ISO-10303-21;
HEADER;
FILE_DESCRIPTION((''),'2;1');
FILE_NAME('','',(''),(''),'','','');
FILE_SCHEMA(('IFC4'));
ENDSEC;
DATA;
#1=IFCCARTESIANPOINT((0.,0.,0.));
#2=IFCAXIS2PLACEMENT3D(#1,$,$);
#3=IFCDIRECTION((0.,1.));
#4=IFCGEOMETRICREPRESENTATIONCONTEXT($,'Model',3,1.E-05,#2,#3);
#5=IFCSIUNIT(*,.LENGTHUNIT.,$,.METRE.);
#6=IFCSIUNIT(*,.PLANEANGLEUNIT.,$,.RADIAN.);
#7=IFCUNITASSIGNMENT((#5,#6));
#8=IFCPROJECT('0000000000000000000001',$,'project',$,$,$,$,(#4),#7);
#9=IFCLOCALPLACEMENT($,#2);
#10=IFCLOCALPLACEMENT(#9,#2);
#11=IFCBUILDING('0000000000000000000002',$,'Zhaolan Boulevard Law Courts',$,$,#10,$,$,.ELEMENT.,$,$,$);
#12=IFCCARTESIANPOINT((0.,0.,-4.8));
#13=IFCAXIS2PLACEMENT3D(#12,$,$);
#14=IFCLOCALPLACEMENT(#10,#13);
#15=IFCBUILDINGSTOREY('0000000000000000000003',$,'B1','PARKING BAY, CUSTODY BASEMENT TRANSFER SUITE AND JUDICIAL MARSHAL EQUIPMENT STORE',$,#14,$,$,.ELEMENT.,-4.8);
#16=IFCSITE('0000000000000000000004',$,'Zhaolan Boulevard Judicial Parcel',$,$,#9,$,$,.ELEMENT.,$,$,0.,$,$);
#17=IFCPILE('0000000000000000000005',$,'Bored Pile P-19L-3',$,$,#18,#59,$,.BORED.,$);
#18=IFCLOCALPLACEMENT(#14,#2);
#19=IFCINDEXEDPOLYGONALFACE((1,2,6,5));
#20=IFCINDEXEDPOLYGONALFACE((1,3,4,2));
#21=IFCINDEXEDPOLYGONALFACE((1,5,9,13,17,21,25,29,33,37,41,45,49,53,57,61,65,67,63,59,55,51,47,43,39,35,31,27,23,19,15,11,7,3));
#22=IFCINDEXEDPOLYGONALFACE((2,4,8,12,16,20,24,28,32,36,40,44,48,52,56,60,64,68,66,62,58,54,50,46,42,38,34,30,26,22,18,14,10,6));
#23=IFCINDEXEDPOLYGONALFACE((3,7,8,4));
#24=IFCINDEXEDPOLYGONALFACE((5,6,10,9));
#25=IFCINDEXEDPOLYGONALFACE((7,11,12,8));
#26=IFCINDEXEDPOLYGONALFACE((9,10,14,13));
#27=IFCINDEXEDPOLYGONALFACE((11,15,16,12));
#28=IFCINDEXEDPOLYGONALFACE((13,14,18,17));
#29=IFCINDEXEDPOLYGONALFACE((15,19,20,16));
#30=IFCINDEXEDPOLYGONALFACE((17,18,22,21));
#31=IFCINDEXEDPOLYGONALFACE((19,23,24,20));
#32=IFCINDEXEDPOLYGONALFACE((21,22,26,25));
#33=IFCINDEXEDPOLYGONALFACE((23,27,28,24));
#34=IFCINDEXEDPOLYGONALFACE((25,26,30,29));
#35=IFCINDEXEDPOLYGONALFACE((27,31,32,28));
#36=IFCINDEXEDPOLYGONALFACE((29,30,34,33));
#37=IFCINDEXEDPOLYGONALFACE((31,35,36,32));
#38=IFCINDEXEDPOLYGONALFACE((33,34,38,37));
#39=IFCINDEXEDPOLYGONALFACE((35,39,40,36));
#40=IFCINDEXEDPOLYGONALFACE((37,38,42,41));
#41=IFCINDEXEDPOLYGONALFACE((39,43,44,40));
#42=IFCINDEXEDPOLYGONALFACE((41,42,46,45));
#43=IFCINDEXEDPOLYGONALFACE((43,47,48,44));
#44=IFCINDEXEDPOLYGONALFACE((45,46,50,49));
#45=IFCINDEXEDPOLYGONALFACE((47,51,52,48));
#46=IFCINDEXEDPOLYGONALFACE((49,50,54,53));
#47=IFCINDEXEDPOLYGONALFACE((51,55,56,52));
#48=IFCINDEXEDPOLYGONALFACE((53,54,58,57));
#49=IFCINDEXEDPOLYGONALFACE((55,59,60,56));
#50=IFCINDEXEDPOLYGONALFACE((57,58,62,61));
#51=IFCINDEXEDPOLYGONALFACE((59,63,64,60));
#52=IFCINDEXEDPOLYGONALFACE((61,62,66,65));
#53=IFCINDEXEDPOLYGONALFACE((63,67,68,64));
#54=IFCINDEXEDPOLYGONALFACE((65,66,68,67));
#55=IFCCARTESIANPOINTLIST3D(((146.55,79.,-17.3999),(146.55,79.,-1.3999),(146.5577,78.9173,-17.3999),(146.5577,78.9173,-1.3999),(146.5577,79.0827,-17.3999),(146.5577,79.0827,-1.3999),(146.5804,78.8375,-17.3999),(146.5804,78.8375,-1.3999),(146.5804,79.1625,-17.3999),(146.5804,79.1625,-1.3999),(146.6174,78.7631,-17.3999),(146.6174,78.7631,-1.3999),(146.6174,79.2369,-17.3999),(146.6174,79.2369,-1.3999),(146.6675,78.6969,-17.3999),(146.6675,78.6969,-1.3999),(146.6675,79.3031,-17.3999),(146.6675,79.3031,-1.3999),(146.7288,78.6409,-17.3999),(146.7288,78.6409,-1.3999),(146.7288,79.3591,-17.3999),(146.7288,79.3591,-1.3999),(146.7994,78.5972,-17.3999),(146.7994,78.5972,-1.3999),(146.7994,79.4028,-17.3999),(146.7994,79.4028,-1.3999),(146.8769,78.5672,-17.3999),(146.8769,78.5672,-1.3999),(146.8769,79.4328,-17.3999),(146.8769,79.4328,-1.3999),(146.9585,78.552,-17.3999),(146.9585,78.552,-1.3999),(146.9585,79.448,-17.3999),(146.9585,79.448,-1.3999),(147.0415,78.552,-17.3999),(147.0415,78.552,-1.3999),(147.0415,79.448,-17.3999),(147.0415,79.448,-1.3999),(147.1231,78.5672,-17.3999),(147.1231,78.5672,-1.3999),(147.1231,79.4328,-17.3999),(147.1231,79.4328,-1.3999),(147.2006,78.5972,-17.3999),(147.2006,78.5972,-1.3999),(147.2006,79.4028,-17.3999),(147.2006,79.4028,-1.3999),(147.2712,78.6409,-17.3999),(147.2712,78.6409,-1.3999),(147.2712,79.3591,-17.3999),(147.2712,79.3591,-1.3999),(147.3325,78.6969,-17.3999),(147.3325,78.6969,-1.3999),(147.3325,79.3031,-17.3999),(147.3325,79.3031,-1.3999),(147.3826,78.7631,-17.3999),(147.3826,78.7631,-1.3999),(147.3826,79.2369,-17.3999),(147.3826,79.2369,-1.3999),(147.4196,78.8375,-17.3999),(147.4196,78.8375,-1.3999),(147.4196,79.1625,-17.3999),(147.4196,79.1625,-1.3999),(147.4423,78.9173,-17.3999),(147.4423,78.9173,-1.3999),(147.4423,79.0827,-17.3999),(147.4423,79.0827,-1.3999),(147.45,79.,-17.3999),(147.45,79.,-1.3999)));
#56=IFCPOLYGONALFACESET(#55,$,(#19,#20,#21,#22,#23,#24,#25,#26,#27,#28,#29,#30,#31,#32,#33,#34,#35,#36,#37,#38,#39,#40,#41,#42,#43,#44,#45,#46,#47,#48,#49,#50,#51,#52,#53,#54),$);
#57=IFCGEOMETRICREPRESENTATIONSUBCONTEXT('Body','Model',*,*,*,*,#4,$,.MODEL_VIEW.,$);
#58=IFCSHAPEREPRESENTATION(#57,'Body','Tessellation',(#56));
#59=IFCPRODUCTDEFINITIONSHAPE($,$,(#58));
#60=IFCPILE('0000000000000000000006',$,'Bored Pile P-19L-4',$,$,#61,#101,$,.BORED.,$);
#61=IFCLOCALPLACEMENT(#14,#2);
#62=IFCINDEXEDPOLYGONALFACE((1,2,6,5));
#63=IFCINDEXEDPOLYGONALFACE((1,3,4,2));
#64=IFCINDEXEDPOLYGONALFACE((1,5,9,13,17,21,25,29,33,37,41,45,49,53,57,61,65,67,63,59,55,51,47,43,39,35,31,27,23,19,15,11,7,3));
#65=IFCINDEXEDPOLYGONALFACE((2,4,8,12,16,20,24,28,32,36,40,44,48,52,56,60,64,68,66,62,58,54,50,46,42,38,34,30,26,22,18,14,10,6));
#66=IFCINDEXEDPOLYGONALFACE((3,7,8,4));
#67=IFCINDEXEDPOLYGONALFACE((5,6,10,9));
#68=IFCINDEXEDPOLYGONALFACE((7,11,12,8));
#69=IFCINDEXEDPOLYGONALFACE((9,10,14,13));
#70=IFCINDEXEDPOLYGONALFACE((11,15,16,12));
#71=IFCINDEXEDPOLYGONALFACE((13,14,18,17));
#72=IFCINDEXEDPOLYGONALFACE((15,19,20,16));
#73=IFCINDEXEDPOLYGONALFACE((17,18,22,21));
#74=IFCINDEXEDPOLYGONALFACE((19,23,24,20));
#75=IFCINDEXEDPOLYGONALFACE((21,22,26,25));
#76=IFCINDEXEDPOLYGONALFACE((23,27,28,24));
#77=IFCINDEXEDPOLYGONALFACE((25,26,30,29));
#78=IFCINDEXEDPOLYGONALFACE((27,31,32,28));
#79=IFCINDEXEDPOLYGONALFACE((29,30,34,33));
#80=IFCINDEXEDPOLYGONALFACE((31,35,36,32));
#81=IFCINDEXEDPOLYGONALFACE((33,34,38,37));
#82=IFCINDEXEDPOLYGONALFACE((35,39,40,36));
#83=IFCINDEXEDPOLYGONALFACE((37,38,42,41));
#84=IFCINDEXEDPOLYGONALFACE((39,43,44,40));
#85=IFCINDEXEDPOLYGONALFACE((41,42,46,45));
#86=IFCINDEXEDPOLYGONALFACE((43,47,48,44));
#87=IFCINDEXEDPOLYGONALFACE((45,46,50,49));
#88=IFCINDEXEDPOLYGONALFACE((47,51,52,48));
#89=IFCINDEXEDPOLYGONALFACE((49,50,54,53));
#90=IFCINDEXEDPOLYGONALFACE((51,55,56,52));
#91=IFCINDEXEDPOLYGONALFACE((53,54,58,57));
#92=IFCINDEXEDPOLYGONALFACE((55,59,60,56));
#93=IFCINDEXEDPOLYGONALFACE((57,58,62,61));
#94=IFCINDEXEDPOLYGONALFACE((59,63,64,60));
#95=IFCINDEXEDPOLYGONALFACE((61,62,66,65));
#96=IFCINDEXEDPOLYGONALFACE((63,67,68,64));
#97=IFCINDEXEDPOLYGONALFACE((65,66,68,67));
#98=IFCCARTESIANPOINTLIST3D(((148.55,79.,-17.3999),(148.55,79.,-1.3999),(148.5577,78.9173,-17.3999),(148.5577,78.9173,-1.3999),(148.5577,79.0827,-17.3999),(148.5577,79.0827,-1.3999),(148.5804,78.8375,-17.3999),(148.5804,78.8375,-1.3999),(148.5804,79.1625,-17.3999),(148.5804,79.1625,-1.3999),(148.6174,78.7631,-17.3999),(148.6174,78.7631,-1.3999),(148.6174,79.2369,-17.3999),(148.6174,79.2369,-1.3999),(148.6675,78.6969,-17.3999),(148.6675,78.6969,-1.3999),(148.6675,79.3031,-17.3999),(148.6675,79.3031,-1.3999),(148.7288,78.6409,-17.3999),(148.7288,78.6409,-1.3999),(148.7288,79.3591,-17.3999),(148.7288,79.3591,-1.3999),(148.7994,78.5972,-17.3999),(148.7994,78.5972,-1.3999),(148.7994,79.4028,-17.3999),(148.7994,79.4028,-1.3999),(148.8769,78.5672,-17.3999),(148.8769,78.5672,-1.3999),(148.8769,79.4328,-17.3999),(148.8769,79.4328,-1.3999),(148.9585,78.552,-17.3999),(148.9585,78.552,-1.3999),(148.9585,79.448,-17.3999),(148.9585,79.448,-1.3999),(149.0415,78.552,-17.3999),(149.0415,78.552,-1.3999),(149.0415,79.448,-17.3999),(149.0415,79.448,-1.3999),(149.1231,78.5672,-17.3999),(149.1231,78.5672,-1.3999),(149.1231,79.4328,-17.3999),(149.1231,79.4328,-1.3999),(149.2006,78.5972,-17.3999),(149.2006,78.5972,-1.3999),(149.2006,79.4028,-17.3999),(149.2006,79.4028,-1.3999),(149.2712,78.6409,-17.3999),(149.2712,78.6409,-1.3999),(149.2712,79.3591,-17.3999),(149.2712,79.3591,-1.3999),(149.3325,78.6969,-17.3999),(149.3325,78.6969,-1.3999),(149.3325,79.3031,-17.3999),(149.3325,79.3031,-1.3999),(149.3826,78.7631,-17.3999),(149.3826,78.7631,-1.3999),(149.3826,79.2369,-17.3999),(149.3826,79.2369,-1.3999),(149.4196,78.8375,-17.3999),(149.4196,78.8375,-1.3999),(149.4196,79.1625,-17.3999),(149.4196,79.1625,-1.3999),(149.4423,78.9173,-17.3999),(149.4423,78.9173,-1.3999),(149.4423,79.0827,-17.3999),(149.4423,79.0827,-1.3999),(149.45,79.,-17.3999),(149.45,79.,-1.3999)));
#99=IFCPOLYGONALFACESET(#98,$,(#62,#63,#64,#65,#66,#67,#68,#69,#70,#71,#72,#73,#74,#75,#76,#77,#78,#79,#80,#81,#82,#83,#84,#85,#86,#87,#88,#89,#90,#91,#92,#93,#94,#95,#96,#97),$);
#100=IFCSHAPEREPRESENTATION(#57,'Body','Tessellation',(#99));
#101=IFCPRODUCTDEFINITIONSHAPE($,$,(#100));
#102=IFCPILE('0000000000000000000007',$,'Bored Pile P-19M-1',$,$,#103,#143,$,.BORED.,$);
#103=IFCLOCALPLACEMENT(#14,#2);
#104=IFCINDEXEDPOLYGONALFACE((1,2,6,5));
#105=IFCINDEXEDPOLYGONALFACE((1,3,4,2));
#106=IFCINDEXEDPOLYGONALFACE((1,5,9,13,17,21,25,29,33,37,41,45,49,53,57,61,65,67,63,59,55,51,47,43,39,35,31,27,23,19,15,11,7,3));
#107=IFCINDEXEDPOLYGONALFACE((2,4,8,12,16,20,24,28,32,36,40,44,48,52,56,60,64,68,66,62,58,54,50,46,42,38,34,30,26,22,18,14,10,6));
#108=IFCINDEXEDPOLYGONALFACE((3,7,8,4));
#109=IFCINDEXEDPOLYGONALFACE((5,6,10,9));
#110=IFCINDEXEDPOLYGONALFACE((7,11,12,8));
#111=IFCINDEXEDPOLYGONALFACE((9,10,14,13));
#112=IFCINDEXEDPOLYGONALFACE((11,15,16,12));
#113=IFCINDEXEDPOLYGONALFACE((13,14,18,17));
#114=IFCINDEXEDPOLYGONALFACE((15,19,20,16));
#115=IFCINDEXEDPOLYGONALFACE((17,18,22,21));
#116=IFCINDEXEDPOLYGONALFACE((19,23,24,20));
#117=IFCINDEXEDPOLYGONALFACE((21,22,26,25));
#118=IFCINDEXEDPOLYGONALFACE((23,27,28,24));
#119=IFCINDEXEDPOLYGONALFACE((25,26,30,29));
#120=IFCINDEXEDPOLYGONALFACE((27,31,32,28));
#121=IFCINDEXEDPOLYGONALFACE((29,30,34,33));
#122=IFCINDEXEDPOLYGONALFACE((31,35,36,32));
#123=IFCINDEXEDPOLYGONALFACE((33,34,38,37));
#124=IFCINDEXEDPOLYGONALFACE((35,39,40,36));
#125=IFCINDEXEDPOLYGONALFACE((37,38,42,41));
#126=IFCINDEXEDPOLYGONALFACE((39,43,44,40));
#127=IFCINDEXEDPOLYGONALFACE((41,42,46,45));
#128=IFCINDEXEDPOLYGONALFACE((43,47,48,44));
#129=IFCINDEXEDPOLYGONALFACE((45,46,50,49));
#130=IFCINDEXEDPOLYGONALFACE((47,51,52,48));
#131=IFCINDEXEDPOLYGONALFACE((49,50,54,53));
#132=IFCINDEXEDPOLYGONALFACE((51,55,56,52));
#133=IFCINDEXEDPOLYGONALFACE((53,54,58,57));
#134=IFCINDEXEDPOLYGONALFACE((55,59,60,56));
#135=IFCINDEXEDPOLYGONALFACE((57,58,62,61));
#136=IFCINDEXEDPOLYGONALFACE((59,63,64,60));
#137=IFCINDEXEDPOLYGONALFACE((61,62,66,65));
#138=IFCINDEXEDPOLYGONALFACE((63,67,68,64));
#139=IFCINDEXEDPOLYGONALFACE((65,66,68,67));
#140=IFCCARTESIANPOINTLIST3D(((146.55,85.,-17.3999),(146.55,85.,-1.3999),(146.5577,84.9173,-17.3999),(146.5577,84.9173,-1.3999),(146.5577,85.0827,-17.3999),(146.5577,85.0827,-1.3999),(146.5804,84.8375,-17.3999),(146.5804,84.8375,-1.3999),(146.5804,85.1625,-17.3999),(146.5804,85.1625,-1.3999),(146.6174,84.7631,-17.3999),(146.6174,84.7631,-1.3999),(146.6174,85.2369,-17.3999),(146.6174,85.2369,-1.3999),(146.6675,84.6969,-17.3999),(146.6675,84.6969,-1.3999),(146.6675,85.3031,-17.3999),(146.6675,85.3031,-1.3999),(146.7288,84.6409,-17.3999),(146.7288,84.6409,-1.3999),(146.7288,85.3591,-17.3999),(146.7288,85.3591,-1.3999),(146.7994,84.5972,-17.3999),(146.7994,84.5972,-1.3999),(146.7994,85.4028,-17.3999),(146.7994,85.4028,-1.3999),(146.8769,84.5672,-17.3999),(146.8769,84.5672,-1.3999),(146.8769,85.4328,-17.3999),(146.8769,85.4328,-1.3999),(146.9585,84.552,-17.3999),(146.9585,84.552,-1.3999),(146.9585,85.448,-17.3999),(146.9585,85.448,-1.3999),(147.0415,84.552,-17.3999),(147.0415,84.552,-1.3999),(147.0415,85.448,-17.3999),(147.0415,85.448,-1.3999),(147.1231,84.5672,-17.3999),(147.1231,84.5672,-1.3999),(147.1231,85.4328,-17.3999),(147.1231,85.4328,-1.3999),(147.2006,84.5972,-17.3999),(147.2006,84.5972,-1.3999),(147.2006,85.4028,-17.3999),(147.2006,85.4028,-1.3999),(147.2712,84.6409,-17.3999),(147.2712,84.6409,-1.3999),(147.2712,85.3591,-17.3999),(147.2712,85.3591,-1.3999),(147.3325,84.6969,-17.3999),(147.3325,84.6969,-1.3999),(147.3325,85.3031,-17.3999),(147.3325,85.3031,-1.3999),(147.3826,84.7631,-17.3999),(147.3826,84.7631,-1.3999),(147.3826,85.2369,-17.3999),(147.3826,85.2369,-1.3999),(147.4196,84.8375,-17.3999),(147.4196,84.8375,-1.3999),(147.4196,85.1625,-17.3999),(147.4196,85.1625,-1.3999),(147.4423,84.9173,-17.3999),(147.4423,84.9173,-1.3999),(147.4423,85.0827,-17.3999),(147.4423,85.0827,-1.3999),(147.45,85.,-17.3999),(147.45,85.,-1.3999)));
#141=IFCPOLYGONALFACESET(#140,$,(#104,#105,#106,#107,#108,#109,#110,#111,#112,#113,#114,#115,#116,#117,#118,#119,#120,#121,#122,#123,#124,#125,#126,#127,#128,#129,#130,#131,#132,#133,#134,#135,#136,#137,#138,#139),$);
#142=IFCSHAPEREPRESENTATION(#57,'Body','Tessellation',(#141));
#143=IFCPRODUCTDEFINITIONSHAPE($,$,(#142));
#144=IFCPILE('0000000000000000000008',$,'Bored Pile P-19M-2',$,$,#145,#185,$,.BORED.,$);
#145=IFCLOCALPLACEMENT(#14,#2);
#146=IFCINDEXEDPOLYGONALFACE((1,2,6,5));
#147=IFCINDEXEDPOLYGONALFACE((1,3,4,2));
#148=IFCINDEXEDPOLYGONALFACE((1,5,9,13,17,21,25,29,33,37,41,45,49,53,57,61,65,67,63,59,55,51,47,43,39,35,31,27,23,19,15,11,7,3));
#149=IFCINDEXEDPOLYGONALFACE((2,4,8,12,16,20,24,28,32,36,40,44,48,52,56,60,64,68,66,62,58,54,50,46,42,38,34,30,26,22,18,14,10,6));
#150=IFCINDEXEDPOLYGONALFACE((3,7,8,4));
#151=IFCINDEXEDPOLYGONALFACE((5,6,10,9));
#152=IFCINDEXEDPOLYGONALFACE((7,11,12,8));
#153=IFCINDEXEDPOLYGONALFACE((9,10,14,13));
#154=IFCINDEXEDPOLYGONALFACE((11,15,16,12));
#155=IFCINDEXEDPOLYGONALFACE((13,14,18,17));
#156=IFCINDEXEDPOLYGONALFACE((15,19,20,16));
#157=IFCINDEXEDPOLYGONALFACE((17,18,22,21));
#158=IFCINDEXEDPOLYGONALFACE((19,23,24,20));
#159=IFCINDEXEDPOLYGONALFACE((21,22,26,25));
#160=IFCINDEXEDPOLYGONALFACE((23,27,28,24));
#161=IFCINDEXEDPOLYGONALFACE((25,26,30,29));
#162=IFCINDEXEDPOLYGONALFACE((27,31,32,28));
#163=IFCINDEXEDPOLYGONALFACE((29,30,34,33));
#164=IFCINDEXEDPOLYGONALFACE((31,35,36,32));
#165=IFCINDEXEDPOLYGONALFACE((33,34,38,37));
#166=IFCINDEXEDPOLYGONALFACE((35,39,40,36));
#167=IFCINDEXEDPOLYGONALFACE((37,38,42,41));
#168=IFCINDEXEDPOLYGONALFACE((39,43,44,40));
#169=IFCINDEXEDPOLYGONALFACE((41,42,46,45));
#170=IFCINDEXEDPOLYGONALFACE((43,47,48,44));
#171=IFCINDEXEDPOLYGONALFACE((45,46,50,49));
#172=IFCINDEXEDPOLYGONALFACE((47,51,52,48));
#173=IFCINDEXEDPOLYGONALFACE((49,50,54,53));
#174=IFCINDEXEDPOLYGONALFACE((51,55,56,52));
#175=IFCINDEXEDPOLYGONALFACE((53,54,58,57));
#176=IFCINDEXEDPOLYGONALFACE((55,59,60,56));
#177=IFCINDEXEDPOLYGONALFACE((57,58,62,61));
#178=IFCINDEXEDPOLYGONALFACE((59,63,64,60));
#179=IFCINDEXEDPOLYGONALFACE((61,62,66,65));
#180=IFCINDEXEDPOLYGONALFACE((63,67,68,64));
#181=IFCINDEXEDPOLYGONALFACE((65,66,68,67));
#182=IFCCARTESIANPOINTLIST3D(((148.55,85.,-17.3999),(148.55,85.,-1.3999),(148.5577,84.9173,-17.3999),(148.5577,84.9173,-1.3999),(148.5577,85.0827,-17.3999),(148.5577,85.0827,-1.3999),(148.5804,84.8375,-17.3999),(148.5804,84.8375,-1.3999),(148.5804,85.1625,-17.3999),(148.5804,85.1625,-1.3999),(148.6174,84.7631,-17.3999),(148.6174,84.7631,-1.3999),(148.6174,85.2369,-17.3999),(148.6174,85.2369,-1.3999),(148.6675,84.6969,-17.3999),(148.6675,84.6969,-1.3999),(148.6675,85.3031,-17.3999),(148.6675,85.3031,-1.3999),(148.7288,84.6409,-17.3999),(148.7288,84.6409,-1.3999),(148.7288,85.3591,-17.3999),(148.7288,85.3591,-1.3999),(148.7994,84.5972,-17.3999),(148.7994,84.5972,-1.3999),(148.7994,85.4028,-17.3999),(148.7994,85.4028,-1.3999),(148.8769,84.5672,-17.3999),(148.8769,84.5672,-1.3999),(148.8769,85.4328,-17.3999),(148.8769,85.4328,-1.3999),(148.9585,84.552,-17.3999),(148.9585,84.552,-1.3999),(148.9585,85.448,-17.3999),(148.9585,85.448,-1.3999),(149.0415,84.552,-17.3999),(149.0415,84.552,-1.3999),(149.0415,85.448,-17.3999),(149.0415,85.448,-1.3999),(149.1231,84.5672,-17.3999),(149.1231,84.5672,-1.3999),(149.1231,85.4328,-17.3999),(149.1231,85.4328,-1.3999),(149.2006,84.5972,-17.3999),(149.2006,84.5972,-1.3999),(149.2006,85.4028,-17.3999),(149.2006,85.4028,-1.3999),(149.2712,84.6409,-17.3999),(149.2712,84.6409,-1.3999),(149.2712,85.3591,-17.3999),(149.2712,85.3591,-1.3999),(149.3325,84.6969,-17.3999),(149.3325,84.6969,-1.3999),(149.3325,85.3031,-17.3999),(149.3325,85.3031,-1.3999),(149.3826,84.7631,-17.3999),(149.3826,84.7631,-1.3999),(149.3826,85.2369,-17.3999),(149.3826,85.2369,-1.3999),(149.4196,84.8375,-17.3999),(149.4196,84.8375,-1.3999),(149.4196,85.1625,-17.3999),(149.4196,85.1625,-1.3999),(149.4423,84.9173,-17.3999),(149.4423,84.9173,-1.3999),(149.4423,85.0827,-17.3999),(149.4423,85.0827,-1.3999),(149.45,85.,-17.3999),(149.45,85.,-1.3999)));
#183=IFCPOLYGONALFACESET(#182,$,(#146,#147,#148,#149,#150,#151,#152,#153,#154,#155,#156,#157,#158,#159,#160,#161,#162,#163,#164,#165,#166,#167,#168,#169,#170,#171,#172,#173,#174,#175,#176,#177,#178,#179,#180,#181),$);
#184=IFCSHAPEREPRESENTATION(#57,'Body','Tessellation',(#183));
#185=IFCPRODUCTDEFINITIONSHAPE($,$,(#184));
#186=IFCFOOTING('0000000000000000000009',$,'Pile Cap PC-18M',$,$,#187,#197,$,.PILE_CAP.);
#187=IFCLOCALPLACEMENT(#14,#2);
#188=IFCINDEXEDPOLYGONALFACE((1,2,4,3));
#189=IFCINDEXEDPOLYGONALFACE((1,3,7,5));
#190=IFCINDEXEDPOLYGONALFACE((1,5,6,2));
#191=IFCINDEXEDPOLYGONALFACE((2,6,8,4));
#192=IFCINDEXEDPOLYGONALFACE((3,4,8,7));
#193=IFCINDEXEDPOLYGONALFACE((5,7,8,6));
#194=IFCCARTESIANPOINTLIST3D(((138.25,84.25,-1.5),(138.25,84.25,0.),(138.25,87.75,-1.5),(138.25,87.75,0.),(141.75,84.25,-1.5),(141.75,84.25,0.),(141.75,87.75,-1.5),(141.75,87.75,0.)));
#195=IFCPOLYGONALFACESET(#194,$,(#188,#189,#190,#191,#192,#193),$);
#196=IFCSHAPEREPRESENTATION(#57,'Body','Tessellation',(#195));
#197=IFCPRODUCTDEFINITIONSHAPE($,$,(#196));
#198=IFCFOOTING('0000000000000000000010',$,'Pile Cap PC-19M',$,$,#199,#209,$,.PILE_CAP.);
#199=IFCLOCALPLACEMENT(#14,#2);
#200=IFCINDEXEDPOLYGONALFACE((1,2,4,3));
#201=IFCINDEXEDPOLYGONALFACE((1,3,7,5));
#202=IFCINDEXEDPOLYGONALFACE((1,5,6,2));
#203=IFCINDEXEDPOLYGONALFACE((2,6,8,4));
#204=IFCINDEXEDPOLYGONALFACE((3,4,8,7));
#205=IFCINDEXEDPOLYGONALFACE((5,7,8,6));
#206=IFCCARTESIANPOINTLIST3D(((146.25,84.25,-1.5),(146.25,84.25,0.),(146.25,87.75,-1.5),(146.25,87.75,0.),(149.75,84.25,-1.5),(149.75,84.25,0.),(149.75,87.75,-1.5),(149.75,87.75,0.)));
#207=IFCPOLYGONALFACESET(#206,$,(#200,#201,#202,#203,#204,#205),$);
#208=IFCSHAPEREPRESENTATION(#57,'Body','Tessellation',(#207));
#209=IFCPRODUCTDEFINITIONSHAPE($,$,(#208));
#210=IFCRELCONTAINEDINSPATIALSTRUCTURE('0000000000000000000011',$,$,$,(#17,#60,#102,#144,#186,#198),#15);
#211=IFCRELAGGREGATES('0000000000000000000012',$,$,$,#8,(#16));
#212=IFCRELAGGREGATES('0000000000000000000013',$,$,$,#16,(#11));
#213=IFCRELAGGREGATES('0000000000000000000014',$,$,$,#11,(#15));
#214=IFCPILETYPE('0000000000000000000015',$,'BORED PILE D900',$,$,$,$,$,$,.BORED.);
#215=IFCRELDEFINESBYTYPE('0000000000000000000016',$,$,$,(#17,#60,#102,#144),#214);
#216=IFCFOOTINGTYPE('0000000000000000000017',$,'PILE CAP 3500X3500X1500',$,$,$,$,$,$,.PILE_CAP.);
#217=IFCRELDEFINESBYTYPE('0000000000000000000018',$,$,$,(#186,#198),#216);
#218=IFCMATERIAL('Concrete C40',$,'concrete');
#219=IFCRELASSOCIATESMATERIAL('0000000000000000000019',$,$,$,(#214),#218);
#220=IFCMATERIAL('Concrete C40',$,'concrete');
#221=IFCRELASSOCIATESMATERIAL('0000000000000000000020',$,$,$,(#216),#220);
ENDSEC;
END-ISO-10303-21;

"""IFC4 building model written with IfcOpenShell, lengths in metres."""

from ifc_helpers import new_model, si_unit, direction, frame, origin, origin_2d, place, context, subcontext, project, spatial, rectangle, circle, extrude, material, material_profile, profile_set, type_object, element, save


model = new_model("IFC4")

# Units and contexts
model_context = context("Model", 3, precision=1e-05, world=origin(), true_north=direction((0.0, 1.0)))
body_context = subcontext(model_context, "Body", "Model", "MODEL_VIEW")
ifc_project = project(units=[si_unit("LENGTHUNIT", "METRE"), si_unit("PLANEANGLEUNIT", "RADIAN")], contexts=[model_context])

# Site, building, storey
site_placement = place(None, origin())
site = spatial("IfcSite", under=ifc_project, at=site_placement, Name="Zhaolan Boulevard Judicial Parcel", CompositionType="ELEMENT", RefElevation=0.0)
building_placement = place(site_placement, origin())
building = spatial("IfcBuilding", under=site, at=building_placement, Name="Zhaolan Boulevard Law Courts", CompositionType="ELEMENT")
storey_placement = place(building_placement, frame((0.0, 0.0, -4.8)))
storey = spatial("IfcBuildingStorey", under=building, at=storey_placement, Name="B1", Description="PARKING BAY, CUSTODY BASEMENT TRANSFER SUITE AND JUDICIAL MARSHAL EQUIPMENT STORE", CompositionType="ELEMENT", Elevation=-4.8)

# Piles
ifc_material_1 = material(Name="Concrete C40", Category="concrete")
ifc_material_profile_1 = material_profile(ifc_material_1, circle(Radius=0.45, at=origin_2d()), Name="PILE-D900")
ifc_profile_set_1 = profile_set([ifc_material_profile_1], Name="Concrete C40")
pile_type = type_object("IfcPileType", Name="BORED PILE D900", PredefinedType="BORED", material=ifc_profile_set_1)
for number, where, z_axis, x_axis, name in (
    (1, (147.0, 79.0, -1.3999), (0.0, 0.0, -1.0), (1.0, 0.0, 0.0), "Bored Pile P-19L-3"),
    (2, (149.0, 79.0, -1.3999), (0.0, 0.0, -1.0), (1.0, 0.0, 0.0), "Bored Pile P-19L-4"),
    (3, (147.0, 85.0, -1.3999), (0.0, 0.0, -1.0), (1.0, 0.0, 0.0), "Bored Pile P-19M-1"),
    (4, (149.0, 85.0, -1.3999), (0.0, 0.0, -1.0), (1.0, 0.0, 0.0), "Bored Pile P-19M-2"),
):
    element("IfcPile", number, at=place(storey_placement, frame(where, z_axis=z_axis, x_axis=x_axis)), inside=storey, type_object=pile_type, Name=name, PredefinedType="BORED", context=body_context, shape_type="SweptSolid", body=[
        extrude(circle(Radius=0.45, at=origin_2d()), origin(), (0.0, 0.0, 1.0), 16.0),
    ])

# Footings
ifc_material_2 = material(Name="Concrete C40", Category="concrete")
footing_type_1 = type_object("IfcFootingType", Name="PILE CAP 3500X3500X1500", PredefinedType="PILE_CAP", material=ifc_material_2)
for number, where, z_axis, x_axis, name in (
    (5, (140.0, 86.0, -1.5), (0.0, 0.0, 1.0), (1.0, 0.0, 0.0), "Pile Cap PC-18M"),
    (6, (148.0, 86.0, -1.5), (0.0, 0.0, 1.0), (1.0, 0.0, 0.0), "Pile Cap PC-19M"),
):
    element("IfcFooting", number, at=place(storey_placement, frame(where, z_axis=z_axis, x_axis=x_axis)), inside=storey, type_object=footing_type_1, Name=name, PredefinedType="PILE_CAP", context=body_context, shape_type="SweptSolid", body=[
        extrude(rectangle(XDim=3.5, YDim=3.5, at=origin_2d()), origin(), (0.0, 0.0, 1.0), 1.5),
    ])

save(model, "model.ifc")
